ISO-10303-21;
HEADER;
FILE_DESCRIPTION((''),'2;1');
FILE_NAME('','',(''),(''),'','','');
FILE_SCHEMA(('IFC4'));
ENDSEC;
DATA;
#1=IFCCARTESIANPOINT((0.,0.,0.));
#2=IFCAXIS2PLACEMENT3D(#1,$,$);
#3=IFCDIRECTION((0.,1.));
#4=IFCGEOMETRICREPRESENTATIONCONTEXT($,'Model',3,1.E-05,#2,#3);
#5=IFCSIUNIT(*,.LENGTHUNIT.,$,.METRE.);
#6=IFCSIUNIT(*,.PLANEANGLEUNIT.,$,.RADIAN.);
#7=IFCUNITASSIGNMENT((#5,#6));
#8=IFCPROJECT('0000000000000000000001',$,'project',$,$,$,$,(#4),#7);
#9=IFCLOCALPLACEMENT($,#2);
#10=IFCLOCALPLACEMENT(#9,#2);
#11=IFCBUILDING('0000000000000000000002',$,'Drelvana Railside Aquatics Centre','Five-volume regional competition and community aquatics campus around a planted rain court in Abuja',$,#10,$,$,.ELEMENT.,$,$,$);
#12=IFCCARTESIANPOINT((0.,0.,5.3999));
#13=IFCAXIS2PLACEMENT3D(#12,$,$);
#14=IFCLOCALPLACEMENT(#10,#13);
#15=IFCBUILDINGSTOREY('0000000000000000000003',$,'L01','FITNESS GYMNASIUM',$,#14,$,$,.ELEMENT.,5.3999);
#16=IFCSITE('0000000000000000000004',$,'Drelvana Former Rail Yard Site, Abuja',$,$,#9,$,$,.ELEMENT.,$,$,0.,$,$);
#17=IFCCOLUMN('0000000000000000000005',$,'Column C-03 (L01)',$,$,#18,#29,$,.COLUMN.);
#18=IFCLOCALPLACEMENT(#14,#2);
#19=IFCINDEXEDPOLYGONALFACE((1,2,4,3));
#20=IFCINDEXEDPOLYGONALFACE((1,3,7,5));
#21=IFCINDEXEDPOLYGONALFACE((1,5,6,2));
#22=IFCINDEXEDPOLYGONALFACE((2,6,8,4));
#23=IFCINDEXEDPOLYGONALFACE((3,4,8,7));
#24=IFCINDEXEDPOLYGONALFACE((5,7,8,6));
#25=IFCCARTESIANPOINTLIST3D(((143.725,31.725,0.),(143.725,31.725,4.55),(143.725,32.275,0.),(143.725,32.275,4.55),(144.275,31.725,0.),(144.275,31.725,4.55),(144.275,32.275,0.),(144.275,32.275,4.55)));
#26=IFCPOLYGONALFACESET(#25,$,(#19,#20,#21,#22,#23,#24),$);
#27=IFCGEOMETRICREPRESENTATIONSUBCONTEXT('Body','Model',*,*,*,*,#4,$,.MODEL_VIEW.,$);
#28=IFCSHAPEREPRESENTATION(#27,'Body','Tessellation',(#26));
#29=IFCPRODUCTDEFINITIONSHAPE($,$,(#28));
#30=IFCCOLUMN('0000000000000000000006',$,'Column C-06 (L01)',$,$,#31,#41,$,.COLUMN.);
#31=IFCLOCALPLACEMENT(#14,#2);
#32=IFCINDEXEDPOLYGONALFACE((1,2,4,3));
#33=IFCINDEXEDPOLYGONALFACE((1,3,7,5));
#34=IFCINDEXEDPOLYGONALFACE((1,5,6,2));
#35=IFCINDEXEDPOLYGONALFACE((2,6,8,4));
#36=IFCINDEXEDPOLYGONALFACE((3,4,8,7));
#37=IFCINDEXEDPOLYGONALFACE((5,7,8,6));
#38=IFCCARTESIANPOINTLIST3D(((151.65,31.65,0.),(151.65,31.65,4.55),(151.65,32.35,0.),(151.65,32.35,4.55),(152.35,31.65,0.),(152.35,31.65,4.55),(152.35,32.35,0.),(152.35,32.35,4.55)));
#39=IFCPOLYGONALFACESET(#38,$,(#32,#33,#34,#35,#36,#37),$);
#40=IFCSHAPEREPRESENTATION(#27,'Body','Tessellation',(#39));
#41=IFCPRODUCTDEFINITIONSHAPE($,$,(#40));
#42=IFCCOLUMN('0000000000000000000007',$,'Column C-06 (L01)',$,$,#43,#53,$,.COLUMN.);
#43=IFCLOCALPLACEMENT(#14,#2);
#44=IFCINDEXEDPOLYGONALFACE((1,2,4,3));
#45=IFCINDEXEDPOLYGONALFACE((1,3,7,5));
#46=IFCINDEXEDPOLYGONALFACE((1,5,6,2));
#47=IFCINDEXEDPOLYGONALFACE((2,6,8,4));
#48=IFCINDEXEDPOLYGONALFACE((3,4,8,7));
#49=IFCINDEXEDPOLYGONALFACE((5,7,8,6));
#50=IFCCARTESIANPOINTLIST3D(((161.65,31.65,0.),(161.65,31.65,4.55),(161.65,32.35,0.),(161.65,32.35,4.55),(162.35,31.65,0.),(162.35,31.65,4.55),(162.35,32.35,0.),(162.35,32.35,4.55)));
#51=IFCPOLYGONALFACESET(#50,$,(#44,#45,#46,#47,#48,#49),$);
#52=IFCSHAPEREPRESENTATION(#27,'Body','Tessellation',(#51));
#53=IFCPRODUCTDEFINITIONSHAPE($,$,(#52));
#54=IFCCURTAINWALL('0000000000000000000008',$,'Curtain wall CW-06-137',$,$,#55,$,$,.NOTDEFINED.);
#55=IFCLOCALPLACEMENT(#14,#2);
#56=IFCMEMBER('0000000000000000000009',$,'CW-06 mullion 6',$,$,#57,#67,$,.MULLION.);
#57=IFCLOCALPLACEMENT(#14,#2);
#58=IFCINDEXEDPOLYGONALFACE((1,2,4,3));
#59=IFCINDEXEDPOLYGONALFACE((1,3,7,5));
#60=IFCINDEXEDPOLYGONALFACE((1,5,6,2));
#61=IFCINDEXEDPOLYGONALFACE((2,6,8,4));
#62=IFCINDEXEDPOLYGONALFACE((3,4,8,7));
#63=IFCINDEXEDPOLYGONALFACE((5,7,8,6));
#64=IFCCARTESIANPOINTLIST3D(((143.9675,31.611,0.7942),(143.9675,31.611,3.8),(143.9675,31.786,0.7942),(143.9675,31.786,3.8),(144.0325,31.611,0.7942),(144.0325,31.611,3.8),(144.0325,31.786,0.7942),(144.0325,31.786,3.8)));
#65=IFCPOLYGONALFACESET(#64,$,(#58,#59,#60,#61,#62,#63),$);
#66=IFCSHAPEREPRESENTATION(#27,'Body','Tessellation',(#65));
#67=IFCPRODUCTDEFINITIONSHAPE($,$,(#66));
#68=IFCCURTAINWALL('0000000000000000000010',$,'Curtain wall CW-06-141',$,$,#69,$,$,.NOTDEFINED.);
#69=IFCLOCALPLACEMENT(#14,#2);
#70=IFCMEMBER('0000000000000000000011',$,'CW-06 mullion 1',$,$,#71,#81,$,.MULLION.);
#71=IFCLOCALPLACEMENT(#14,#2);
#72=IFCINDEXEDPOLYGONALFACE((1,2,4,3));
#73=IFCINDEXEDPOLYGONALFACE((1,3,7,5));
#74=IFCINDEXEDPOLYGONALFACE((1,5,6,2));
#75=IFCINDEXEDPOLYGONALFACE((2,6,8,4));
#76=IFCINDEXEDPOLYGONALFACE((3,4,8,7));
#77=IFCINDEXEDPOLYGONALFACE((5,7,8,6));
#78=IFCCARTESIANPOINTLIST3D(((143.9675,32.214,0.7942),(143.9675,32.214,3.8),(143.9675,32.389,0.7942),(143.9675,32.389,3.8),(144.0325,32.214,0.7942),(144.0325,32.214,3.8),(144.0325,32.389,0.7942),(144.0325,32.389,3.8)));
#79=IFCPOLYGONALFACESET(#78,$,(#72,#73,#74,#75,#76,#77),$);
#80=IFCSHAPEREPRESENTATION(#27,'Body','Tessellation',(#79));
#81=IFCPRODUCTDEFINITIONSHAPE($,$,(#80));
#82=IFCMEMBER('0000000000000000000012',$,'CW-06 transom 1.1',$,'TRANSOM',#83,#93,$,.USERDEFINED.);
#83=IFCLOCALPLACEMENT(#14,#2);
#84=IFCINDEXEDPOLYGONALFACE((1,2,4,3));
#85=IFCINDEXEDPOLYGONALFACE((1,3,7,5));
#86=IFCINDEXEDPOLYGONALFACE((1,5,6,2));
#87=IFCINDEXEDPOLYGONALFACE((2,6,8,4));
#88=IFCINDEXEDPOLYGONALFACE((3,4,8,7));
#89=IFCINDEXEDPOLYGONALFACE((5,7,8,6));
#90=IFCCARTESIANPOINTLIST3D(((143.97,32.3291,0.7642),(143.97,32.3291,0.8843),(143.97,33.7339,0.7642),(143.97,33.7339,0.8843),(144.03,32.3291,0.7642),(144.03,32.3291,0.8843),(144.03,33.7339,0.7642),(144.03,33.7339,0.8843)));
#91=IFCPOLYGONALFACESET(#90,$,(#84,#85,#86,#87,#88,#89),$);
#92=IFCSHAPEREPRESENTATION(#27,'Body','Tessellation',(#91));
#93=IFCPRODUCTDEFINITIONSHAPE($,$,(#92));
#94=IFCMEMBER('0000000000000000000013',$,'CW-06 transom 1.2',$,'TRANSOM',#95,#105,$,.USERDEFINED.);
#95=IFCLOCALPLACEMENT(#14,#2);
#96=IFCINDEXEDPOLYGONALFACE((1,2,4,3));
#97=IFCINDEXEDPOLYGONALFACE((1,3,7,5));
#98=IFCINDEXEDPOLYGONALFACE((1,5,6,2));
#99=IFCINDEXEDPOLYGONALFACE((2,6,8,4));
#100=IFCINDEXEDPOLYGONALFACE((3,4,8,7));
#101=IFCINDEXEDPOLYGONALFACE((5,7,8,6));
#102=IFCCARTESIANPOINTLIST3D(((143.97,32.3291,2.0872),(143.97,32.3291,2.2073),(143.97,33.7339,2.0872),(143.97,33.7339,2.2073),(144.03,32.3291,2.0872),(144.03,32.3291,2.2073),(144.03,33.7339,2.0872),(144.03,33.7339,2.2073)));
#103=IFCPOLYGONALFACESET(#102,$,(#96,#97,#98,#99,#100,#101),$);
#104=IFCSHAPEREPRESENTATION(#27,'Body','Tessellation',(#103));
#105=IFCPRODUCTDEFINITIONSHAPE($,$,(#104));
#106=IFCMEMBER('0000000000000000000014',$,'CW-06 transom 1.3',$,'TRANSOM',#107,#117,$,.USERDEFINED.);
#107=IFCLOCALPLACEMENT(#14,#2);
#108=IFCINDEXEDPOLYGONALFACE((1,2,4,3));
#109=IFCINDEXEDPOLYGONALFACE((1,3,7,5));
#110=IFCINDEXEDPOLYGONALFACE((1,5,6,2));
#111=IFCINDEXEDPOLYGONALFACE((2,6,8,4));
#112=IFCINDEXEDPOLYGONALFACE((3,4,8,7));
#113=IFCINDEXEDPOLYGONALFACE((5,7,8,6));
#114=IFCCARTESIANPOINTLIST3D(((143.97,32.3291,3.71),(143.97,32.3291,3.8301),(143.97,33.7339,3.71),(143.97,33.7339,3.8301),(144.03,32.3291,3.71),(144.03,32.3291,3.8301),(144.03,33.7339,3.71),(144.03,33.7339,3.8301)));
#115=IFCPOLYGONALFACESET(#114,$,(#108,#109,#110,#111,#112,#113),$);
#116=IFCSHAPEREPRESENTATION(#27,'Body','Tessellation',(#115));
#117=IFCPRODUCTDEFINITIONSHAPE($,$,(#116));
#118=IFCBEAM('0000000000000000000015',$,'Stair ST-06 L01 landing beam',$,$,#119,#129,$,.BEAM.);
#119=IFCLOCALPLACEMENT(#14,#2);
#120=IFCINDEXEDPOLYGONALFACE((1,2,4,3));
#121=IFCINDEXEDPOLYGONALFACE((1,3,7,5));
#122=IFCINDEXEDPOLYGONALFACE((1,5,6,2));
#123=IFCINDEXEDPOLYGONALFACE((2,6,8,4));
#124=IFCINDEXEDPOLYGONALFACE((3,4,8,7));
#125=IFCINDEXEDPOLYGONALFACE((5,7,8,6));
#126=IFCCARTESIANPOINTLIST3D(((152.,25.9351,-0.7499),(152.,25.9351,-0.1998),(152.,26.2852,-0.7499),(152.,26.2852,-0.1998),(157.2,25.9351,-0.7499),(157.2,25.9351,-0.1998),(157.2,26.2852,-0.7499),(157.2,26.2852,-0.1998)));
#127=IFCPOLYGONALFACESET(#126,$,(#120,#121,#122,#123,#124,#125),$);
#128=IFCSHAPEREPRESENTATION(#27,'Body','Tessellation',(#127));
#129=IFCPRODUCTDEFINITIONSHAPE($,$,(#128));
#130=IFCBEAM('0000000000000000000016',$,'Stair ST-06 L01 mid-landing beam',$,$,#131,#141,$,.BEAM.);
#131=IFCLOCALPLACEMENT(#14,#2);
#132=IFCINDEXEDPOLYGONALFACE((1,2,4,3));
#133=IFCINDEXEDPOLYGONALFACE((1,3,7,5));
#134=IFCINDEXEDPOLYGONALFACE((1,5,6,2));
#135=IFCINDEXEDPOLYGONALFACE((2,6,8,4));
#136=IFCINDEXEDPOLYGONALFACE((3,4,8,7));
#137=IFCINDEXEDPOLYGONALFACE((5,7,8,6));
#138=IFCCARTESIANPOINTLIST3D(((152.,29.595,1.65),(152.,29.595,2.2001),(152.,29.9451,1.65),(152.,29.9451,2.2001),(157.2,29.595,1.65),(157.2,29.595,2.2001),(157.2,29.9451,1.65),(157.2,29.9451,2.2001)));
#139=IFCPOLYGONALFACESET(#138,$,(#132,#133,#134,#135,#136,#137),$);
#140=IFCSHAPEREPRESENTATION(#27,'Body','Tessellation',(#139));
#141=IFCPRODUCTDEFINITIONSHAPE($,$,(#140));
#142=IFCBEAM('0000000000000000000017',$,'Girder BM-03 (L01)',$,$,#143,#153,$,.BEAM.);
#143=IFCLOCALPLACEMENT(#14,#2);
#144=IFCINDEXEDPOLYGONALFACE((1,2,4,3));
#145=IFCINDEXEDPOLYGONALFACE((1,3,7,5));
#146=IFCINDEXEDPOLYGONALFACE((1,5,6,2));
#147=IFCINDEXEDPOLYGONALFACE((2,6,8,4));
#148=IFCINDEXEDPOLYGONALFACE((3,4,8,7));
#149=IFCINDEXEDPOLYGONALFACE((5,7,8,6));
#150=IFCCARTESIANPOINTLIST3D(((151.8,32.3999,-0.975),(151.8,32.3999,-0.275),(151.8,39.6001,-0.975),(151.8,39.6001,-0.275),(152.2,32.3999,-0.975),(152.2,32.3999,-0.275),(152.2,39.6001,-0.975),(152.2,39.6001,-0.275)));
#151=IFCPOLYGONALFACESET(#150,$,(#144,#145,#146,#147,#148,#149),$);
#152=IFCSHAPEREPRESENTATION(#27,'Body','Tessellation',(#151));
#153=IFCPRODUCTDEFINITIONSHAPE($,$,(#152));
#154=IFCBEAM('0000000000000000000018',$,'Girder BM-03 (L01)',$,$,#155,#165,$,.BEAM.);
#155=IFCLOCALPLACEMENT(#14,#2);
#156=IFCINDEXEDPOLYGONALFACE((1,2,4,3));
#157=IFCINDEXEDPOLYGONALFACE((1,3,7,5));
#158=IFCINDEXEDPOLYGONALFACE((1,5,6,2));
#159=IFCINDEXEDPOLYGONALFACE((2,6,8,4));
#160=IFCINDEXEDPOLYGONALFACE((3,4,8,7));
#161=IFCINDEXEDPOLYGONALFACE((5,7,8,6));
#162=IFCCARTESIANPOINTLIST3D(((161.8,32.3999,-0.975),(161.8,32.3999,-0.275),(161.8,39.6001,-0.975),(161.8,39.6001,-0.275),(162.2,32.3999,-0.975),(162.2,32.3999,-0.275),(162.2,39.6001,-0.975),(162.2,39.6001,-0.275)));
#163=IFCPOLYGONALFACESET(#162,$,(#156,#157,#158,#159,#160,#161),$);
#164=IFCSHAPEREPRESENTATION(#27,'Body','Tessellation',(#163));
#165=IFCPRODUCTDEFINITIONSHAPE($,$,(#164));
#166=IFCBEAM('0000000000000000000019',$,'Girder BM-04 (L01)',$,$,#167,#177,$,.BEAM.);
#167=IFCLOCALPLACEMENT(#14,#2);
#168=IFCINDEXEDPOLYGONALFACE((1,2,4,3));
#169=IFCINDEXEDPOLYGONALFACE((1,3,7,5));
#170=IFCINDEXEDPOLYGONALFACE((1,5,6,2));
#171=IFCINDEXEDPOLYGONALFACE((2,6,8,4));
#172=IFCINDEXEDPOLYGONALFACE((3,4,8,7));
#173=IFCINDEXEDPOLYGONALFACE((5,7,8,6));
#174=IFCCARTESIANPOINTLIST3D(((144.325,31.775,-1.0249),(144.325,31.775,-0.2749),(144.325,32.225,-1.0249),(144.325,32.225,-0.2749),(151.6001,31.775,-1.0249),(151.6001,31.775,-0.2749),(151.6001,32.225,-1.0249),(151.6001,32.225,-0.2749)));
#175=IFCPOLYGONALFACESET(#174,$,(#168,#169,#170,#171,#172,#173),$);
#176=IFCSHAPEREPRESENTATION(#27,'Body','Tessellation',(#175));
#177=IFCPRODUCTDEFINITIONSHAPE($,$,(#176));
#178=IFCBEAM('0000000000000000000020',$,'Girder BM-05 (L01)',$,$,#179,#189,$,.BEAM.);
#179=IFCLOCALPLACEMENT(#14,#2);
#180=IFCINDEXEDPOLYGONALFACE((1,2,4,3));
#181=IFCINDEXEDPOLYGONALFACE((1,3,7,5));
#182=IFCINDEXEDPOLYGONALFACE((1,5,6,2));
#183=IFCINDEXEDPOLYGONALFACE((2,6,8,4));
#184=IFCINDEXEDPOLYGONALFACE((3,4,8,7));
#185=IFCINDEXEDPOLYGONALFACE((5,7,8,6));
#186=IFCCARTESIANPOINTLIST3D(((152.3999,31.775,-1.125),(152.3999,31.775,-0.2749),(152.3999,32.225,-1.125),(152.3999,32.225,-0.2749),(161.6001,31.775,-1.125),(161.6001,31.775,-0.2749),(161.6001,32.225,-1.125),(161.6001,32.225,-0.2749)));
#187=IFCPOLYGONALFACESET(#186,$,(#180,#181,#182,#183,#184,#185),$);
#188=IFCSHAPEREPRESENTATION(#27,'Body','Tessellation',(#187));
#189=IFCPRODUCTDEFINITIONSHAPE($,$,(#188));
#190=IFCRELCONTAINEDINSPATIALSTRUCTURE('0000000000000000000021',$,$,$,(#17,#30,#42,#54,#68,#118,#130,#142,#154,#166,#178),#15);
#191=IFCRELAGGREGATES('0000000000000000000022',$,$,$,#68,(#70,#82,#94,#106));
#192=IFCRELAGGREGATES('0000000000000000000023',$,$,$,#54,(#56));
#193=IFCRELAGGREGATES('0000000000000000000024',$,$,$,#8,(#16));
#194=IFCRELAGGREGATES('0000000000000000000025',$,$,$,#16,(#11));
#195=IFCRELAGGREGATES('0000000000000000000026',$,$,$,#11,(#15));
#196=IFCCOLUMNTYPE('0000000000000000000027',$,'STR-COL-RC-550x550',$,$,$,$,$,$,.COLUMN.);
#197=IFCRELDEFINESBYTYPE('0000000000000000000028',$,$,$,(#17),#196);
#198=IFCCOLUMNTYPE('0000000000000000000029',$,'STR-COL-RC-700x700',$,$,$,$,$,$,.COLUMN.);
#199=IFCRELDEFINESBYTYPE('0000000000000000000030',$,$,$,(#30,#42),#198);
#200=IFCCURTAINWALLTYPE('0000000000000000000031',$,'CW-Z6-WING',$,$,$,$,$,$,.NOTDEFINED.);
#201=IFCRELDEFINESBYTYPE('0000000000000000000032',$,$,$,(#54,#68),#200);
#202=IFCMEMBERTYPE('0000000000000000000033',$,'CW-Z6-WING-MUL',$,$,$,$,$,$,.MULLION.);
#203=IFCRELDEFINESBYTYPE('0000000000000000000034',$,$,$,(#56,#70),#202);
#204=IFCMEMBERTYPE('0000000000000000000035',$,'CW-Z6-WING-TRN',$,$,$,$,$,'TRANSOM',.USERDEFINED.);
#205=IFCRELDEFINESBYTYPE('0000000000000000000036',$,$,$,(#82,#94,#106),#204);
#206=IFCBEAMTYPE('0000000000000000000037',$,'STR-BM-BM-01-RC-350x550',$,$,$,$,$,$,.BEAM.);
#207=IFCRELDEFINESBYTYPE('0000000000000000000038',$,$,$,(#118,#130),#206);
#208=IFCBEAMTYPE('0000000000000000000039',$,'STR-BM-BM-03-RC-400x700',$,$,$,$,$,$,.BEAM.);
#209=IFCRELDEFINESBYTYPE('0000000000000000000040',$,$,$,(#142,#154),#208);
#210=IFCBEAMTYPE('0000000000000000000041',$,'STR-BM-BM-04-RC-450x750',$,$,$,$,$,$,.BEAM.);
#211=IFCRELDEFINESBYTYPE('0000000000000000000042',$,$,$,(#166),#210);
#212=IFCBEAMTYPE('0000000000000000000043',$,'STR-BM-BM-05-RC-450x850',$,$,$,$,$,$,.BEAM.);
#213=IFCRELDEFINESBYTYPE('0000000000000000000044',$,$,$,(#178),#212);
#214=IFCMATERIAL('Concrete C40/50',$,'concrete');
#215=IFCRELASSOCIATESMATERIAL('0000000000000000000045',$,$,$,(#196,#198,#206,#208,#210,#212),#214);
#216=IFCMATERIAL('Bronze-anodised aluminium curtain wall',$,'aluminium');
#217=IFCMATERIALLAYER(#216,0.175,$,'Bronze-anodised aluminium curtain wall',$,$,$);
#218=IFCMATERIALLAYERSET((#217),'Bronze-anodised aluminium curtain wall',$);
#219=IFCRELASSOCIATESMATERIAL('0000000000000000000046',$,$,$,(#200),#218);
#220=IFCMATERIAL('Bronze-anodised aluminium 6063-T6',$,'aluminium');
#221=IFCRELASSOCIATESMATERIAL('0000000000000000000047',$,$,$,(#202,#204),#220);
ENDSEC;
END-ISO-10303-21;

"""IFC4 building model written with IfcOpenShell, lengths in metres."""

from ifc_helpers import new_model, si_unit, direction, frame, origin, origin_2d, place, context, subcontext, project, spatial, rectangle, extrude, material, layer, layer_set, material_profile, profile_set, type_object, element, aggregate, save


model = new_model("IFC4")

# Units and contexts
model_context = context("Model", 3, precision=1e-05, world=origin(), true_north=direction((0.0, 1.0)))
body_context = subcontext(model_context, "Body", "Model", "MODEL_VIEW")
ifc_project = project(units=[si_unit("LENGTHUNIT", "METRE"), si_unit("PLANEANGLEUNIT", "RADIAN")], contexts=[model_context])

# Site, building, storey
site_placement = place(None, origin())
site = spatial("IfcSite", under=ifc_project, at=site_placement, Name="Drelvana Former Rail Yard Site, Abuja", CompositionType="ELEMENT", RefElevation=0.0)
building_placement = place(site_placement, origin())
building = spatial("IfcBuilding", under=site, at=building_placement, Name="Drelvana Railside Aquatics Centre", Description="Five-volume regional competition and community aquatics campus around a planted rain court in Abuja", CompositionType="ELEMENT")
storey_placement = place(building_placement, frame((0.0, 0.0, 5.3999)))
storey = spatial("IfcBuildingStorey", under=building, at=storey_placement, Name="L01", Description="FITNESS GYMNASIUM", CompositionType="ELEMENT", Elevation=5.3999)

# Columns
ifc_material_1 = material(Name="Concrete C40/50", Category="concrete")
ifc_material_profile_1 = material_profile(ifc_material_1, rectangle(XDim=0.55, YDim=0.55, at=origin_2d()), Name="RC 550x550")
ifc_profile_set_1 = profile_set([ifc_material_profile_1], Name="Concrete C40/50")
column_type_1 = type_object("IfcColumnType", Name="STR-COL-RC-550x550", PredefinedType="COLUMN", material=ifc_profile_set_1)
column_placement = place(storey_placement, frame((144.0, 32.0, 0.0), z_axis=(0.0, 0.0, 1.0), x_axis=(1.0, 0.0, 0.0)))
element("IfcColumn", 1, at=column_placement, inside=storey, type_object=column_type_1, Name="Column C-03 (L01)", PredefinedType="COLUMN", context=body_context, shape_type="SweptSolid", body=[
    extrude(rectangle(XDim=0.55, YDim=0.55, at=origin_2d()), origin(), (0.0, 0.0, 1.0), 4.55),
])
ifc_material_profile_2 = material_profile(ifc_material_1, rectangle(XDim=0.7, YDim=0.7, at=origin_2d()), Name="RC 700x700")
ifc_profile_set_2 = profile_set([ifc_material_profile_2], Name="Concrete C40/50")
column_type_2 = type_object("IfcColumnType", Name="STR-COL-RC-700x700", PredefinedType="COLUMN", material=ifc_profile_set_2)
for number, where, z_axis, x_axis, name in (
    (2, (152.0, 32.0, 0.0), (0.0, 0.0, 1.0), (1.0, 0.0, 0.0), "Column C-06 (L01)"),
    (3, (162.0, 32.0, 0.0), (0.0, 0.0, 1.0), (1.0, 0.0, 0.0), "Column C-06 (L01)"),
):
    element("IfcColumn", number, at=place(storey_placement, frame(where, z_axis=z_axis, x_axis=x_axis)), inside=storey, type_object=column_type_2, Name=name, PredefinedType="COLUMN", context=body_context, shape_type="SweptSolid", body=[
        extrude(rectangle(XDim=0.7, YDim=0.7, at=origin_2d()), origin(), (0.0, 0.0, 1.0), 4.55),
    ])

# Curtain wall, member
ifc_material_2 = material(Name="Bronze-anodised aluminium curtain wall", Category="aluminium")
ifc_layer_1 = layer(ifc_material_2, 0.175, Name="Bronze-anodised aluminium curtain wall")
ifc_layer_set_1 = layer_set([ifc_layer_1], Name="Bronze-anodised aluminium curtain wall")
curtain_wall_type = type_object("IfcCurtainWallType", Name="CW-Z6-WING", PredefinedType="NOTDEFINED", material=ifc_layer_set_1)
curtain_wall_1_placement = place(storey_placement, origin())
curtain_wall_1 = element("IfcCurtainWall", 4, at=curtain_wall_1_placement, inside=storey, type_object=curtain_wall_type, Name="Curtain wall CW-06-137", PredefinedType="NOTDEFINED")
ifc_material_3 = material(Name="Bronze-anodised aluminium 6063-T6", Category="aluminium")
ifc_material_profile_3 = material_profile(ifc_material_3, rectangle(XDim=0.0649, YDim=0.175, at=origin_2d()), Name="ALU-M 65x175")
ifc_profile_set_3 = profile_set([ifc_material_profile_3], Name="Bronze-anodised aluminium 6063-T6")
member_type_1 = type_object("IfcMemberType", Name="CW-Z6-WING-MUL", PredefinedType="MULLION", material=ifc_profile_set_3)
member_1_placement = place(storey_placement, frame((144.0, 31.6985, 0.7942), z_axis=(0.0, 0.0, 1.0), x_axis=(-1.0, 0.0, 0.0)))
member_1 = element("IfcMember", 5, at=member_1_placement, type_object=member_type_1, Name="CW-06 mullion 6", PredefinedType="MULLION", context=body_context, shape_type="SweptSolid", body=[
    extrude(rectangle(XDim=0.0649, YDim=0.175, at=origin_2d()), origin(), (0.0, 0.0, 1.0), 3.0059),
])

# Curtain wall, members
curtain_wall_2_placement = place(storey_placement, origin())
curtain_wall_2 = element("IfcCurtainWall", 6, at=curtain_wall_2_placement, inside=storey, type_object=curtain_wall_type, Name="Curtain wall CW-06-141", PredefinedType="NOTDEFINED")
member_2_placement = place(storey_placement, frame((144.0, 32.3015, 0.7942), z_axis=(0.0, 0.0, 1.0), x_axis=(-1.0, 0.0, 0.0)))
member_2 = element("IfcMember", 7, at=member_2_placement, type_object=member_type_1, Name="CW-06 mullion 1", PredefinedType="MULLION", context=body_context, shape_type="SweptSolid", body=[
    extrude(rectangle(XDim=0.0649, YDim=0.175, at=origin_2d()), origin(), (0.0, 0.0, 1.0), 3.0059),
])
ifc_material_profile_4 = material_profile(ifc_material_3, rectangle(XDim=0.1201, YDim=0.0601, at=origin_2d()), Name="ALU-T 60x120")
ifc_profile_set_4 = profile_set([ifc_material_profile_4], Name="Bronze-anodised aluminium 6063-T6")
member_type_2 = type_object("IfcMemberType", Name="CW-Z6-WING-TRN", ElementType="TRANSOM", PredefinedType="USERDEFINED", material=ifc_profile_set_4)
member_3_placement = place(storey_placement, frame((144.0, 32.3291, 0.8242), z_axis=(0.0, 1.0, 0.0), x_axis=(0.0, 0.0, 1.0)))
member_3 = element("IfcMember", 8, at=member_3_placement, type_object=member_type_2, Name="CW-06 transom 1.1", ObjectType="TRANSOM", PredefinedType="USERDEFINED", context=body_context, shape_type="SweptSolid", body=[
    extrude(rectangle(XDim=0.1201, YDim=0.0601, at=origin_2d()), origin(), (0.0, 0.0, 1.0), 1.4048),
])
member_4_placement = place(storey_placement, frame((144.0, 32.3291, 2.1472), z_axis=(0.0, 1.0, 0.0), x_axis=(0.0, 0.0, 1.0)))
member_4 = element("IfcMember", 9, at=member_4_placement, type_object=member_type_2, Name="CW-06 transom 1.2", ObjectType="TRANSOM", PredefinedType="USERDEFINED", context=body_context, shape_type="SweptSolid", body=[
    extrude(rectangle(XDim=0.1201, YDim=0.0601, at=origin_2d()), origin(), (0.0, 0.0, 1.0), 1.4048),
])
member_5_placement = place(storey_placement, frame((144.0, 32.3291, 3.77), z_axis=(0.0, 1.0, 0.0), x_axis=(0.0, 0.0, 1.0)))
member_5 = element("IfcMember", 10, at=member_5_placement, type_object=member_type_2, Name="CW-06 transom 1.3", ObjectType="TRANSOM", PredefinedType="USERDEFINED", context=body_context, shape_type="SweptSolid", body=[
    extrude(rectangle(XDim=0.1201, YDim=0.0601, at=origin_2d()), origin(), (0.0, 0.0, 1.0), 1.4048),
])
aggregate(curtain_wall_2, [member_2, member_3, member_4, member_5])

# Beams
ifc_material_profile_5 = material_profile(ifc_material_1, rectangle(XDim=0.3501, YDim=0.55, at=origin_2d()), Name="RC 350x550")
ifc_profile_set_5 = profile_set([ifc_material_profile_5], Name="Concrete C40/50")
beam_type_1 = type_object("IfcBeamType", Name="STR-BM-BM-01-RC-350x550", PredefinedType="BEAM", material=ifc_profile_set_5)
for number, where, z_axis, x_axis, name in (
    (11, (152.0, 26.1101, -0.4749), (1.0, 0.0, 0.0), (0.0, 1.0, 0.0), "Stair ST-06 L01 landing beam"),
    (12, (152.0, 29.77, 1.925), (1.0, 0.0, 0.0), (0.0, 1.0, 0.0), "Stair ST-06 L01 mid-landing beam"),
):
    element("IfcBeam", number, at=place(storey_placement, frame(where, z_axis=z_axis, x_axis=x_axis)), inside=storey, type_object=beam_type_1, Name=name, PredefinedType="BEAM", context=body_context, shape_type="SweptSolid", body=[
        extrude(rectangle(XDim=0.3501, YDim=0.55, at=origin_2d()), origin(), (0.0, 0.0, 1.0), 5.2),
    ])
ifc_material_profile_6 = material_profile(ifc_material_1, rectangle(XDim=0.3999, YDim=0.7, at=origin_2d()), Name="RC 400x700")
ifc_profile_set_6 = profile_set([ifc_material_profile_6], Name="Concrete C40/50")
beam_type_2 = type_object("IfcBeamType", Name="STR-BM-BM-03-RC-400x700", PredefinedType="BEAM", material=ifc_profile_set_6)
for number, where, z_axis, x_axis, name in (
    (13, (152.0, 32.3999, -0.625), (0.0, 1.0, 0.0), (-1.0, 0.0, 0.0), "Girder BM-03 (L01)"),
    (14, (162.0, 32.3999, -0.625), (0.0, 1.0, 0.0), (-1.0, 0.0, 0.0), "Girder BM-03 (L01)"),
):
    element("IfcBeam", number, at=place(storey_placement, frame(where, z_axis=z_axis, x_axis=x_axis)), inside=storey, type_object=beam_type_2, Name=name, PredefinedType="BEAM", context=body_context, shape_type="SweptSolid", body=[
        extrude(rectangle(XDim=0.3999, YDim=0.7, at=origin_2d()), origin(), (0.0, 0.0, 1.0), 7.2002),
    ])
ifc_material_profile_7 = material_profile(ifc_material_1, rectangle(XDim=0.45, YDim=0.75, at=origin_2d()), Name="RC 450x750")
ifc_profile_set_7 = profile_set([ifc_material_profile_7], Name="Concrete C40/50")
beam_type_3 = type_object("IfcBeamType", Name="STR-BM-BM-04-RC-450x750", PredefinedType="BEAM", material=ifc_profile_set_7)
beam_1_placement = place(storey_placement, frame((144.325, 32.0, -0.6499), z_axis=(1.0, 0.0, 0.0), x_axis=(0.0, 1.0, 0.0)))
element("IfcBeam", 15, at=beam_1_placement, inside=storey, type_object=beam_type_3, Name="Girder BM-04 (L01)", PredefinedType="BEAM", context=body_context, shape_type="SweptSolid", body=[
    extrude(rectangle(XDim=0.45, YDim=0.75, at=origin_2d()), origin(), (0.0, 0.0, 1.0), 7.2751),
])
ifc_material_profile_8 = material_profile(ifc_material_1, rectangle(XDim=0.45, YDim=0.8501, at=origin_2d()), Name="RC 450x850")
ifc_profile_set_8 = profile_set([ifc_material_profile_8], Name="Concrete C40/50")
beam_type_4 = type_object("IfcBeamType", Name="STR-BM-BM-05-RC-450x850", PredefinedType="BEAM", material=ifc_profile_set_8)
beam_2_placement = place(storey_placement, frame((152.3999, 32.0, -0.7), z_axis=(1.0, 0.0, 0.0), x_axis=(0.0, 1.0, 0.0)))
element("IfcBeam", 16, at=beam_2_placement, inside=storey, type_object=beam_type_4, Name="Girder BM-05 (L01)", PredefinedType="BEAM", context=body_context, shape_type="SweptSolid", body=[
    extrude(rectangle(XDim=0.45, YDim=0.8501, at=origin_2d()), origin(), (0.0, 0.0, 1.0), 9.2002),
])

aggregate(curtain_wall_1, [member_1])

save(model, "model.ifc")
